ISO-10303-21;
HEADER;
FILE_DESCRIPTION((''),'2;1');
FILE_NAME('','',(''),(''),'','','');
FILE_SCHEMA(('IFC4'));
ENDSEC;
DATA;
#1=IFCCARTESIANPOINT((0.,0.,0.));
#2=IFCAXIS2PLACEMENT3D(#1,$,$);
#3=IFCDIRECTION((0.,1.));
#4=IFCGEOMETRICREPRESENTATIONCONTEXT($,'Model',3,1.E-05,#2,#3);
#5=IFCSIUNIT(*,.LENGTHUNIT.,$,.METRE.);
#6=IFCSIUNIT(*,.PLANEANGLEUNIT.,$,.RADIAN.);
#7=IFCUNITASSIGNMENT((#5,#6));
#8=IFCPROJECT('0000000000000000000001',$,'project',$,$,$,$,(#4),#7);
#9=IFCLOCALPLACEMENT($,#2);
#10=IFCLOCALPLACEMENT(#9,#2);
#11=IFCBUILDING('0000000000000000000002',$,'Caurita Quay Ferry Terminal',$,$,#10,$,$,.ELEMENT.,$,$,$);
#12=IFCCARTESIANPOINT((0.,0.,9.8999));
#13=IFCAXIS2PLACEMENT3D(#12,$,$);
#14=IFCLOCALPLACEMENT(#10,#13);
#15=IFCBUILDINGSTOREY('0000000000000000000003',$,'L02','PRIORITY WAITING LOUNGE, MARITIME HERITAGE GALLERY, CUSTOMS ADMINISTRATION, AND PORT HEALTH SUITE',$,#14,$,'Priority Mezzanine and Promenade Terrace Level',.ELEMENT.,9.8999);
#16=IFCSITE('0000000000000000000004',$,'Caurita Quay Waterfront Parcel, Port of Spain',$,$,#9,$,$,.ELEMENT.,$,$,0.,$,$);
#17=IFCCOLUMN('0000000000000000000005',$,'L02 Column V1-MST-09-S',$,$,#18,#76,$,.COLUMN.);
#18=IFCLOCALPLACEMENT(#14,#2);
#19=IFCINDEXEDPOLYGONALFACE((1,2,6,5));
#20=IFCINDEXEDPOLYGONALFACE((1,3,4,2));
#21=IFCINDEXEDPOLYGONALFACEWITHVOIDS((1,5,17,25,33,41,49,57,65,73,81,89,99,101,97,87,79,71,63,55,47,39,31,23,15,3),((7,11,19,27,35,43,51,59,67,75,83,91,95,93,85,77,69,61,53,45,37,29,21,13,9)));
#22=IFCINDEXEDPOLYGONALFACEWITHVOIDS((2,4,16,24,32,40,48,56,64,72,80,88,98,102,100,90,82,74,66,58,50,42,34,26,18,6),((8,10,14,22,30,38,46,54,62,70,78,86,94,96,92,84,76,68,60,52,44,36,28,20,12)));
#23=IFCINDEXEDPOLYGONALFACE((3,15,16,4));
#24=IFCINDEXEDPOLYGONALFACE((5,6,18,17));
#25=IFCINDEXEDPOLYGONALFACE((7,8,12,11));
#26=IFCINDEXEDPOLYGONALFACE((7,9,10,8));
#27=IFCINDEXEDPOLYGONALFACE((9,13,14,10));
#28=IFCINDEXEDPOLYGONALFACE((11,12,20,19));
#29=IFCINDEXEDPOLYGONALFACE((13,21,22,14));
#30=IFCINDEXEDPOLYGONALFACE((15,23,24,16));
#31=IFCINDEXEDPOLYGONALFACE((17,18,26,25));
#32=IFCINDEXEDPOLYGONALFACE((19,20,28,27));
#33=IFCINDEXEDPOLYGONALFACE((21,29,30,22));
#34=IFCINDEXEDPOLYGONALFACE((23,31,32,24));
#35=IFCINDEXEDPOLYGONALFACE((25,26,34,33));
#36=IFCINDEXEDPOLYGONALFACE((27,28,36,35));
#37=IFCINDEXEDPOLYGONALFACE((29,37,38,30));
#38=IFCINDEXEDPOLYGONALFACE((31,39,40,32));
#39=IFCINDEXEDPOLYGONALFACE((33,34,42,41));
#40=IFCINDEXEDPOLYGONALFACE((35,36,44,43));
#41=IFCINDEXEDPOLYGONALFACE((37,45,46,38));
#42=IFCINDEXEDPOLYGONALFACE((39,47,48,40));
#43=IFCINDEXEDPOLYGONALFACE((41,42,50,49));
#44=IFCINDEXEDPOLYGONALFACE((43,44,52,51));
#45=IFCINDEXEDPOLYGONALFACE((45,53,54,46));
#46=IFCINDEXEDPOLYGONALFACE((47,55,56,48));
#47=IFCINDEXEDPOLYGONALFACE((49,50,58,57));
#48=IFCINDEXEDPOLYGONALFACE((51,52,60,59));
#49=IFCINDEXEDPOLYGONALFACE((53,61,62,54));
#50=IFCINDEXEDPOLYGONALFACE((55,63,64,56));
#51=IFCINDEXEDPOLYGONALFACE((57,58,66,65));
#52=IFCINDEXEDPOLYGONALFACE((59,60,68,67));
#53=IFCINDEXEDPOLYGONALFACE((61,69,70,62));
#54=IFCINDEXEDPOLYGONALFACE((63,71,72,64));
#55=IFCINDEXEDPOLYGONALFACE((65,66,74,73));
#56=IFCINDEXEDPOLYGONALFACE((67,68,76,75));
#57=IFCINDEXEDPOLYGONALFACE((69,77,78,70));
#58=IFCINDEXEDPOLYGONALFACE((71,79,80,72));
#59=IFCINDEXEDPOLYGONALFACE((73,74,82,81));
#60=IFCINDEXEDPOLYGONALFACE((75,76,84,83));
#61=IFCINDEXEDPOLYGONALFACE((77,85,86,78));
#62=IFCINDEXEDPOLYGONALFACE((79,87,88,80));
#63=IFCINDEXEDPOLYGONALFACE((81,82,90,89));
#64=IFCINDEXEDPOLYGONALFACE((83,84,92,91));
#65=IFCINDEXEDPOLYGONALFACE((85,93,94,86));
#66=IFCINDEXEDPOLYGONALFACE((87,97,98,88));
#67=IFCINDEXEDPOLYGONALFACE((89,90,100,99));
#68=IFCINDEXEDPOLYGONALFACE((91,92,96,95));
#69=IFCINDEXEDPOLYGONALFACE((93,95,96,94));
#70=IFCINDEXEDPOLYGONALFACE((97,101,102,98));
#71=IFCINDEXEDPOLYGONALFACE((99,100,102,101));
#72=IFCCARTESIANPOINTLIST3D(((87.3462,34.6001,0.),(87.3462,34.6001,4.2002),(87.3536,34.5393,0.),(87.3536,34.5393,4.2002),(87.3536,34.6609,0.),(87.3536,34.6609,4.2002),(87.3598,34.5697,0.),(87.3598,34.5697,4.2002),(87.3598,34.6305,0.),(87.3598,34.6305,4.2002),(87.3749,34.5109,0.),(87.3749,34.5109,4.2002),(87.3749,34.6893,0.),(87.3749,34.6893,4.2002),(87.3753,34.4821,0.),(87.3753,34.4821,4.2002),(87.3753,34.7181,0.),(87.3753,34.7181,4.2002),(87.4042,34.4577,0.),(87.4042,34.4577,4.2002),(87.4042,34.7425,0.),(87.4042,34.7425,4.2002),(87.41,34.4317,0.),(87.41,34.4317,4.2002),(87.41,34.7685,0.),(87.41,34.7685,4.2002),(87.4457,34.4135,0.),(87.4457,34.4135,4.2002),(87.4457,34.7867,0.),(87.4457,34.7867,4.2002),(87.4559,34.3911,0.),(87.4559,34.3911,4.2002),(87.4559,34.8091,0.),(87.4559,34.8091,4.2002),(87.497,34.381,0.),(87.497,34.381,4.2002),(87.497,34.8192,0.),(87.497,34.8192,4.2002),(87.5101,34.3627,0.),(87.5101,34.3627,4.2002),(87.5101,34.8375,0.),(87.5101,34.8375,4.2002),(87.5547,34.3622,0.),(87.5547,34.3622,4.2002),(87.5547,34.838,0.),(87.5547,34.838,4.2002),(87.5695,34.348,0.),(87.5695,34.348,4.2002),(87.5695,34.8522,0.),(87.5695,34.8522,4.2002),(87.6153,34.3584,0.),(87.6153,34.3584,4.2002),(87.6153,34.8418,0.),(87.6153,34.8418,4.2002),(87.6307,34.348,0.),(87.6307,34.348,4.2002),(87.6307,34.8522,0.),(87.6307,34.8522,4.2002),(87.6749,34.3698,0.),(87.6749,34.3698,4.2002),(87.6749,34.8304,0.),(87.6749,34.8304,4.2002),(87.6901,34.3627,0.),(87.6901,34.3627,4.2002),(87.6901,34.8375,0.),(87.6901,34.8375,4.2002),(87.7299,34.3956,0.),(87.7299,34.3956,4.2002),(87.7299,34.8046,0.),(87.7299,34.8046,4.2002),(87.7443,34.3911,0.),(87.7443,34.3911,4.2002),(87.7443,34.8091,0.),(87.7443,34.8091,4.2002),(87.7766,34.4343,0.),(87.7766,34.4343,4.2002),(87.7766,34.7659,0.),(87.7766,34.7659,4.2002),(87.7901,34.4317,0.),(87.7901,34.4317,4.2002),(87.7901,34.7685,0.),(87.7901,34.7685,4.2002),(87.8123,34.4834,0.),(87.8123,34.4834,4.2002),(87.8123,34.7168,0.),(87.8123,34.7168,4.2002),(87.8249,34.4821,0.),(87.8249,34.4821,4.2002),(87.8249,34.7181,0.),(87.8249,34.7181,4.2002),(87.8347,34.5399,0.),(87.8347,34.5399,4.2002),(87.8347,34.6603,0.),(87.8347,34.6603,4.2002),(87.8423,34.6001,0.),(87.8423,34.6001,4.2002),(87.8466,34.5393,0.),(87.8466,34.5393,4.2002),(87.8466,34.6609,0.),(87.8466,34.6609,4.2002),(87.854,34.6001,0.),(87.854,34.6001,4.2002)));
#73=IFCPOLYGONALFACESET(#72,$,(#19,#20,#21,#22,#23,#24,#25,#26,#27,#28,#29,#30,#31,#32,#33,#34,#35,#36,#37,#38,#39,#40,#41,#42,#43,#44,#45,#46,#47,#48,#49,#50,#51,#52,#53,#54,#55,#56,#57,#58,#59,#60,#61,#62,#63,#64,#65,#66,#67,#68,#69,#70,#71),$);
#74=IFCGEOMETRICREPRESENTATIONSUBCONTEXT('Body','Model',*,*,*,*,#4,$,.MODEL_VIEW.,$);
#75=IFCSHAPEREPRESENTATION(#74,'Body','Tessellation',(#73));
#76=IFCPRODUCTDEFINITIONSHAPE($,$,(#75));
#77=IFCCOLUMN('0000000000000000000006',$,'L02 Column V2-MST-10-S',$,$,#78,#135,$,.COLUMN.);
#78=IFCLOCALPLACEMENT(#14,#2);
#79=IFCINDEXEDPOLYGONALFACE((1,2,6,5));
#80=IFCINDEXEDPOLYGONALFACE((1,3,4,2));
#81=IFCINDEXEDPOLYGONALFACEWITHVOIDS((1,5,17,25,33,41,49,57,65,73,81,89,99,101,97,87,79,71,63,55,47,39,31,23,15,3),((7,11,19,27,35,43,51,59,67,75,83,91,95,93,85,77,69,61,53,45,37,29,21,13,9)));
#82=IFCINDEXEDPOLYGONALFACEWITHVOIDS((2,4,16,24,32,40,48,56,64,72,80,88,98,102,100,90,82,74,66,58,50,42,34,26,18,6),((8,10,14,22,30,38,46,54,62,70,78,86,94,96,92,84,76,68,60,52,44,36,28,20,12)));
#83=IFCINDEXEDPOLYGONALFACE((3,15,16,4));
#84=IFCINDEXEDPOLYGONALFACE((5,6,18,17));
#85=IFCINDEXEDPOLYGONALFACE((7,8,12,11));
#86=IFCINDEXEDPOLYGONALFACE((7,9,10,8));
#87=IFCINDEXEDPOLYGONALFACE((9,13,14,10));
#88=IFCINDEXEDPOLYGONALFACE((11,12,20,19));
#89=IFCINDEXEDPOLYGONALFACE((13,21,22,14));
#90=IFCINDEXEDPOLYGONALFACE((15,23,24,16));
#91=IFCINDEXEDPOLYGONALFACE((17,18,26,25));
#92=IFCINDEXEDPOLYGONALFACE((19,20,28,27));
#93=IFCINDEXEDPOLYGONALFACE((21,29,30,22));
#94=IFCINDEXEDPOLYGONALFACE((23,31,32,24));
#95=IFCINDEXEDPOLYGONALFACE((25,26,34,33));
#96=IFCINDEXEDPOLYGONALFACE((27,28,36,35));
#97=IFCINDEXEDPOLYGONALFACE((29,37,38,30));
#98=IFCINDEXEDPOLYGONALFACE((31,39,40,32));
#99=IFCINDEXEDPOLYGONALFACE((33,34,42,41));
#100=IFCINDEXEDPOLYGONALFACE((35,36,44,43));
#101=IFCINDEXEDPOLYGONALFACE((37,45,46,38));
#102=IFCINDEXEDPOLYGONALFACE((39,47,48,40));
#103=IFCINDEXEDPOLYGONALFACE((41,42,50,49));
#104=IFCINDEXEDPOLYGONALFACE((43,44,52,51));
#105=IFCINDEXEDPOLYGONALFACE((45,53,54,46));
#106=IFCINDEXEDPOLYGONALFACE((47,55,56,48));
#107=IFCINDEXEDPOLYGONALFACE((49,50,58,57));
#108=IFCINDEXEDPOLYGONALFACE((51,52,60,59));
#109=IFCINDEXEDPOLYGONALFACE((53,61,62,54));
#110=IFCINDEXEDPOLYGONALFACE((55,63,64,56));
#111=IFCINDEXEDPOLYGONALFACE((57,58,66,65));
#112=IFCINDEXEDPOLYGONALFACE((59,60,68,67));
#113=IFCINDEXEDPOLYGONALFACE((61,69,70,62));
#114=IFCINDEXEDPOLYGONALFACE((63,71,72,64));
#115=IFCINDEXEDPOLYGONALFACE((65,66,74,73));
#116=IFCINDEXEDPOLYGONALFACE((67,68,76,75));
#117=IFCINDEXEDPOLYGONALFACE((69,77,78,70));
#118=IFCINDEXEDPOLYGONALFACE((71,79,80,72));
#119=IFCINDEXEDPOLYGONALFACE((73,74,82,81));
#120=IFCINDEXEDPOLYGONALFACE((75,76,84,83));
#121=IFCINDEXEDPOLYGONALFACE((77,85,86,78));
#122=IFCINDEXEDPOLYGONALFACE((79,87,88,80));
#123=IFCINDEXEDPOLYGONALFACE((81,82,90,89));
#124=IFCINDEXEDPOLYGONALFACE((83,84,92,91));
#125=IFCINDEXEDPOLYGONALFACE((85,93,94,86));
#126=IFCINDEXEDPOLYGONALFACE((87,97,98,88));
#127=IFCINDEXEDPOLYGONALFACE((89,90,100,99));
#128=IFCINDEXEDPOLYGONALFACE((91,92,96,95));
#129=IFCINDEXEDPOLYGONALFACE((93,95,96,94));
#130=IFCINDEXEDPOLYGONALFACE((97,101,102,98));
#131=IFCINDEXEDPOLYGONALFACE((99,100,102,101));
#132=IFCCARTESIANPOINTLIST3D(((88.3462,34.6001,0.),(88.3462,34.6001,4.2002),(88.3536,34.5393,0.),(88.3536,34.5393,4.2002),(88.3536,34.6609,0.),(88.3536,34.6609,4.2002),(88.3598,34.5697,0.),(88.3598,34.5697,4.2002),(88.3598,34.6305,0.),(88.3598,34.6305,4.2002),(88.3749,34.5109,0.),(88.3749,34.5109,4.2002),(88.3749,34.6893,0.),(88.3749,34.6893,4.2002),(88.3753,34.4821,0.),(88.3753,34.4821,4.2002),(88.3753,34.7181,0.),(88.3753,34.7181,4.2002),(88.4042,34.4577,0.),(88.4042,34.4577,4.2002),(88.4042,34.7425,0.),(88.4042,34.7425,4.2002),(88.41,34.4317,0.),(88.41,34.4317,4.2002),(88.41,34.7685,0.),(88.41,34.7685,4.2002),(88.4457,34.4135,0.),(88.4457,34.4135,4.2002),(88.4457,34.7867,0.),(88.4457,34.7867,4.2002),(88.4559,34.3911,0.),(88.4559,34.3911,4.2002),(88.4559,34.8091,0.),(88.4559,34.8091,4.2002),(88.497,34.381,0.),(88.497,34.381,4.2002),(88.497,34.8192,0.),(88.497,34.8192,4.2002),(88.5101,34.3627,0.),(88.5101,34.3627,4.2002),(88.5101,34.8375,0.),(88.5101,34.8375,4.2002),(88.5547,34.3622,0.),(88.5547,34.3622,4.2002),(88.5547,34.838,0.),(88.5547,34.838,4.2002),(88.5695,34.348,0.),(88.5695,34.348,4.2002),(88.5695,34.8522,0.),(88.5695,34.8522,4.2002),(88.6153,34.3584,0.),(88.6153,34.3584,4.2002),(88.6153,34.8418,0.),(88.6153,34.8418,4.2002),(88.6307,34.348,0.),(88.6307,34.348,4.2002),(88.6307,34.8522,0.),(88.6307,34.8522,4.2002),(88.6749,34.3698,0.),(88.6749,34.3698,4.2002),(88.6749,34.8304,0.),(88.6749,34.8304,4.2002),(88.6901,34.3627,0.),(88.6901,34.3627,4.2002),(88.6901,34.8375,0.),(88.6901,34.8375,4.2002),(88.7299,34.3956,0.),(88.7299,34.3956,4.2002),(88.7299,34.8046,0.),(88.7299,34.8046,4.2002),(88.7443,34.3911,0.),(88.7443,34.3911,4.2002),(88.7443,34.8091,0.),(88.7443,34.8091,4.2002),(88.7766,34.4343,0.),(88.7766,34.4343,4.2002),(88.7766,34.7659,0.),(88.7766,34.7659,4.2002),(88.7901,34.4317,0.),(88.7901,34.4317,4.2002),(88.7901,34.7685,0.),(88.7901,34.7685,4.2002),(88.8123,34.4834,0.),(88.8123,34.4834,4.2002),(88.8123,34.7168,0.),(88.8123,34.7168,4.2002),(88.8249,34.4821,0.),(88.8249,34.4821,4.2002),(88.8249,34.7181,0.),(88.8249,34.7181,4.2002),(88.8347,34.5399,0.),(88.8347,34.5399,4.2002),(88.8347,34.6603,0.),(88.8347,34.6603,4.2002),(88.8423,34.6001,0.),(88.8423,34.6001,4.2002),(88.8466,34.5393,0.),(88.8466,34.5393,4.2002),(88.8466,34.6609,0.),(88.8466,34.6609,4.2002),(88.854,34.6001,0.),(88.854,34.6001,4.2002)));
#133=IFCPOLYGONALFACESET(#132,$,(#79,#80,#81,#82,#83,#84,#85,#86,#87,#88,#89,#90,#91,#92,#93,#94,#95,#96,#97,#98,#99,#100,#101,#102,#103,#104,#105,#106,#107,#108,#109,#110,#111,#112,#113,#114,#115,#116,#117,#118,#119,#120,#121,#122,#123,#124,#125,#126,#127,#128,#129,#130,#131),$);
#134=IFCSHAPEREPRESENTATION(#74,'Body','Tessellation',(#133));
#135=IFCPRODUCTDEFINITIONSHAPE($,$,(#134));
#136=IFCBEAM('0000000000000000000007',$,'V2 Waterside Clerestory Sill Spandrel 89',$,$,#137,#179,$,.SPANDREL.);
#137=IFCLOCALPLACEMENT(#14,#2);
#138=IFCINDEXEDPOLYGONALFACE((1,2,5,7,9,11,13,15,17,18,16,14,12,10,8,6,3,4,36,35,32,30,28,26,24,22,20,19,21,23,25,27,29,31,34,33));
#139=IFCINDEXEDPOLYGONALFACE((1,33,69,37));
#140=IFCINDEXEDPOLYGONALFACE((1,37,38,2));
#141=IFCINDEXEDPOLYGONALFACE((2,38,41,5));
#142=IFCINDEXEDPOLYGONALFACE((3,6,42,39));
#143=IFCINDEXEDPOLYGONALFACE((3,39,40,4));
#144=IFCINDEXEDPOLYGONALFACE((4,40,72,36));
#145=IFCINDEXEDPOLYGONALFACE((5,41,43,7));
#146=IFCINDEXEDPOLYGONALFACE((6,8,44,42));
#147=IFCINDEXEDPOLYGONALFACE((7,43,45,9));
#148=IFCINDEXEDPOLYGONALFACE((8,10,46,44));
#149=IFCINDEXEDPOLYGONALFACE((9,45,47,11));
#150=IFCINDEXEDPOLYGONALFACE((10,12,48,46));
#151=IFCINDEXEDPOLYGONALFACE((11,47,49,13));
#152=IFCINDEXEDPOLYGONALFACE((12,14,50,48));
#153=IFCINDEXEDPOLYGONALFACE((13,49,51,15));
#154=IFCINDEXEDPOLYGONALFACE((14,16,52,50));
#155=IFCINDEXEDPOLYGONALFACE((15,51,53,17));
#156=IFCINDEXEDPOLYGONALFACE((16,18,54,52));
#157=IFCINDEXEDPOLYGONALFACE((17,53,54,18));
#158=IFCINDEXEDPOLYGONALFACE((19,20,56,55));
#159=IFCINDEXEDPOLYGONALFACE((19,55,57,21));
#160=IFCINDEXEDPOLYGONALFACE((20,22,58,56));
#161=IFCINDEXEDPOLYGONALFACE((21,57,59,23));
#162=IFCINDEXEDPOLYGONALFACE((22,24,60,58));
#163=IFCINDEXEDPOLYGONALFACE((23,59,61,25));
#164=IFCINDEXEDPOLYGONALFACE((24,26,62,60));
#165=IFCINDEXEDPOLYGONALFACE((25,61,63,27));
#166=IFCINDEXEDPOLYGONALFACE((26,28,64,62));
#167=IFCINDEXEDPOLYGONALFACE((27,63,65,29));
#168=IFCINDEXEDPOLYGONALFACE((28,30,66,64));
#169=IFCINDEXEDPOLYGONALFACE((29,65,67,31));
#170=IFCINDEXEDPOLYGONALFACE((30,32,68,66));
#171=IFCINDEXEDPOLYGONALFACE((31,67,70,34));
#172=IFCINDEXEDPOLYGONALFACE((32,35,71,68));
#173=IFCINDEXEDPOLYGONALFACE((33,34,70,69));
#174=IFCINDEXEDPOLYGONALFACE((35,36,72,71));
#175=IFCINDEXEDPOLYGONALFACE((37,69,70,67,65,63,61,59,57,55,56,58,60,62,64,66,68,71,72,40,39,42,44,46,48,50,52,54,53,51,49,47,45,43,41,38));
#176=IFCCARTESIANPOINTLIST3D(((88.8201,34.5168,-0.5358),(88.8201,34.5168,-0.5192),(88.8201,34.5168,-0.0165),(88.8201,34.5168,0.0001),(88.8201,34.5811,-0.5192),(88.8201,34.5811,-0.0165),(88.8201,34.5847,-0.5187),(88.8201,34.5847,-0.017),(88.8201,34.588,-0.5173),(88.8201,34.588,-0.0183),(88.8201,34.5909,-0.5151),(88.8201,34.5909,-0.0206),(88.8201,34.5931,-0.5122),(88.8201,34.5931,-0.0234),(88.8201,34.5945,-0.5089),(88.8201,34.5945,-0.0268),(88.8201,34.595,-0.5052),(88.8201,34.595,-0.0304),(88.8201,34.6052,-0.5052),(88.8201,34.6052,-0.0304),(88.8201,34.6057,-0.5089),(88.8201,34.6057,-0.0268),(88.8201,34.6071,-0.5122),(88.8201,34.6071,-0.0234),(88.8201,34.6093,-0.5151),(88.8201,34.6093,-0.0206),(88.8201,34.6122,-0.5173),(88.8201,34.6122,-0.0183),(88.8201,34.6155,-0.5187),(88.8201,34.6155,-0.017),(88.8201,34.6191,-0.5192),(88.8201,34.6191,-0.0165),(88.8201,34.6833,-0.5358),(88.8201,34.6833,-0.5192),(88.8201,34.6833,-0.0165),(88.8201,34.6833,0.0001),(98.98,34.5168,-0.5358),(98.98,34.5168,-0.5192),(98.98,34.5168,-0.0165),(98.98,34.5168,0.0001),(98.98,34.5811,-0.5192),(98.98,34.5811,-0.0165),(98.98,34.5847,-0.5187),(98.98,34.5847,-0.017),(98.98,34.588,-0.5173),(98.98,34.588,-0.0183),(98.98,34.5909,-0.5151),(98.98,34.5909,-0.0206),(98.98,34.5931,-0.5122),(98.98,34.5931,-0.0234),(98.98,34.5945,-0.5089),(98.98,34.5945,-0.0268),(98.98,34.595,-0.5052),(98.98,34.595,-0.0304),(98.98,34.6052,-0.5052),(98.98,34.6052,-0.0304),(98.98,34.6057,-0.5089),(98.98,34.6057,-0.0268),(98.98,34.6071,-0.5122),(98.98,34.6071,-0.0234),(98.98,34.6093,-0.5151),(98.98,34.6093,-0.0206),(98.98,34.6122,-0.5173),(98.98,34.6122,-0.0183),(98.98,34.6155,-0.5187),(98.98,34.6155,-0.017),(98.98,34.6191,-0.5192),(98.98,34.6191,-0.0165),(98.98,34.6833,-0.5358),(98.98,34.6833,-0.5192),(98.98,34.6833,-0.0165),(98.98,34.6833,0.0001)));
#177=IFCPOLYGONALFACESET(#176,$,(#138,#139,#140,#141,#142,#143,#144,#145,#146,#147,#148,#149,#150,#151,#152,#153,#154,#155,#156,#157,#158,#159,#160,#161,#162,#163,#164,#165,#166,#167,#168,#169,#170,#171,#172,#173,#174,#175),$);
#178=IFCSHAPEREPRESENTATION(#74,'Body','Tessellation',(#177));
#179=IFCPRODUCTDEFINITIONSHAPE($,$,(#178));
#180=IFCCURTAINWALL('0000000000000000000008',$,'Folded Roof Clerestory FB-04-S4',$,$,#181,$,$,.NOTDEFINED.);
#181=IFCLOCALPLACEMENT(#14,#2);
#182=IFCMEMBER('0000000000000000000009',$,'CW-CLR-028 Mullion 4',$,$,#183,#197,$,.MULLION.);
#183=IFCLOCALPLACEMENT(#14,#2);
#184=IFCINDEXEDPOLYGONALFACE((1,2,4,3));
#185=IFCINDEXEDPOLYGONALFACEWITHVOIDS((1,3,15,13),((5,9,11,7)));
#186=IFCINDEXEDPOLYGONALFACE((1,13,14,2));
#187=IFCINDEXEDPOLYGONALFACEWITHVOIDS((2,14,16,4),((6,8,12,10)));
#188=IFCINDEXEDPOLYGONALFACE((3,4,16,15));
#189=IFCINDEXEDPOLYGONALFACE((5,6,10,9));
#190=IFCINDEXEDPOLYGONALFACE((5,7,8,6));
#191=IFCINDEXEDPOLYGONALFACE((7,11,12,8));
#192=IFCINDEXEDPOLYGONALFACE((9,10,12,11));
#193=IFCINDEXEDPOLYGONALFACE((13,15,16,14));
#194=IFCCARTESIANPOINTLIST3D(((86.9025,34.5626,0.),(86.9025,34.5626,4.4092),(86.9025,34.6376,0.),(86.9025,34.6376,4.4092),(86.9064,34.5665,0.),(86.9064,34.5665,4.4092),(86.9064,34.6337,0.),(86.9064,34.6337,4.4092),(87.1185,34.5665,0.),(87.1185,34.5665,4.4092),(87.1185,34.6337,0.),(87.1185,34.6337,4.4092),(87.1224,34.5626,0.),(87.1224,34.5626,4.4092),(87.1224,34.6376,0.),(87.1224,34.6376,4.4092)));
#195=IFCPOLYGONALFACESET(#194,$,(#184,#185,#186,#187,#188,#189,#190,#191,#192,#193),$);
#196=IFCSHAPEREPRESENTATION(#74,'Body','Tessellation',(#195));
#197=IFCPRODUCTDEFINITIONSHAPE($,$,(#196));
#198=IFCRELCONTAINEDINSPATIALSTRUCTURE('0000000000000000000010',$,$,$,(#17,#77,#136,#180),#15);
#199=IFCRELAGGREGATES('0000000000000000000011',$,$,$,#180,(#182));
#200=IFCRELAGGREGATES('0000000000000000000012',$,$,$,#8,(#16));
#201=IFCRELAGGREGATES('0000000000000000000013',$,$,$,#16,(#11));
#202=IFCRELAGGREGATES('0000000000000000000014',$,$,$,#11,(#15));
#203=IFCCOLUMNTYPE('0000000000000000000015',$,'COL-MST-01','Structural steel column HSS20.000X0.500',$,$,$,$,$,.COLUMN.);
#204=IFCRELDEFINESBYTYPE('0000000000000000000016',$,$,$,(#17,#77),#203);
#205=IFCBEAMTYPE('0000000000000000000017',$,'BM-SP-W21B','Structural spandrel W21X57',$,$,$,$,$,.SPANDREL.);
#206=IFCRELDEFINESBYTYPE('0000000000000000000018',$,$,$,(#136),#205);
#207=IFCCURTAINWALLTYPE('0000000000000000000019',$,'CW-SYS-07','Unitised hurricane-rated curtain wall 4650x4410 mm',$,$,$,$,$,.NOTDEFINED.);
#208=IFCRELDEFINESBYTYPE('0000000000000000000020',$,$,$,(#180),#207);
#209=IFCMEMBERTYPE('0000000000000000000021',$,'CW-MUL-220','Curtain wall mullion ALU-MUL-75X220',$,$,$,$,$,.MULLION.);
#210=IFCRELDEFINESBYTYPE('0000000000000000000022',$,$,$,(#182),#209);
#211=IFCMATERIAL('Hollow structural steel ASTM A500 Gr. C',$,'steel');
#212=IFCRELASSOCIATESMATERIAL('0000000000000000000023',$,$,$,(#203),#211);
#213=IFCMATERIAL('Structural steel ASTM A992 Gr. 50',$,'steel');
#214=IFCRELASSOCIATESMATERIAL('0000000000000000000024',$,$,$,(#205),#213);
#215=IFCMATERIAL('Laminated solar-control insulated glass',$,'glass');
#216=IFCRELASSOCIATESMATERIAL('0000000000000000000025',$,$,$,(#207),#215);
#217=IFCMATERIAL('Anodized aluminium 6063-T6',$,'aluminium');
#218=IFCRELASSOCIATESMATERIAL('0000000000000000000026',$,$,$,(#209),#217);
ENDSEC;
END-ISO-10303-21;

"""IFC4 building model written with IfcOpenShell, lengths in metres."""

from ifc_helpers import new_model, si_unit, direction, frame, origin, origin_2d, place, context, subcontext, project, spatial, hollow_rectangle, hollow_circle, i_section, extrude, material, material_profile, profile_set, type_object, element, aggregate, save


model = new_model("IFC4")

# Units and contexts
model_context = context("Model", 3, precision=1e-05, world=origin(), true_north=direction((0.0, 1.0)))
body_context = subcontext(model_context, "Body", "Model", "MODEL_VIEW")
ifc_project = project(units=[si_unit("LENGTHUNIT", "METRE"), si_unit("PLANEANGLEUNIT", "RADIAN")], contexts=[model_context])

# Site, building, storey
site_placement = place(None, origin())
site = spatial("IfcSite", under=ifc_project, at=site_placement, Name="Caurita Quay Waterfront Parcel, Port of Spain", CompositionType="ELEMENT", RefElevation=0.0)
building_placement = place(site_placement, origin())
building = spatial("IfcBuilding", under=site, at=building_placement, Name="Caurita Quay Ferry Terminal", CompositionType="ELEMENT")
storey_placement = place(building_placement, frame((0.0, 0.0, 9.8999)))
storey = spatial("IfcBuildingStorey", under=building, at=storey_placement, Name="L02", Description="PRIORITY WAITING LOUNGE, MARITIME HERITAGE GALLERY, CUSTOMS ADMINISTRATION, AND PORT HEALTH SUITE", LongName="Priority Mezzanine and Promenade Terrace Level", CompositionType="ELEMENT", Elevation=9.8999)

# Columns
ifc_material_1 = material(Name="Hollow structural steel ASTM A500 Gr. C", Category="steel")
ifc_material_profile_1 = material_profile(ifc_material_1, hollow_circle(Radius=0.2539, WallThickness=0.0117, at=origin_2d()), Name="HSS20.000X0.500")
ifc_profile_set_1 = profile_set([ifc_material_profile_1], Name="Hollow structural steel ASTM A500 Gr. C")
column_type = type_object("IfcColumnType", Name="COL-MST-01", Description="Structural steel column HSS20.000X0.500", PredefinedType="COLUMN", material=ifc_profile_set_1)
for number, where, z_axis, x_axis, name in (
    (1, (87.6001, 34.6001, 0.0), (0.0, 0.0, 1.0), (1.0, 0.0, 0.0), "L02 Column V1-MST-09-S"),
    (2, (88.6001, 34.6001, 0.0), (0.0, 0.0, 1.0), (1.0, 0.0, 0.0), "L02 Column V2-MST-10-S"),
):
    element("IfcColumn", number, at=place(storey_placement, frame(where, z_axis=z_axis, x_axis=x_axis)), inside=storey, type_object=column_type, Name=name, PredefinedType="COLUMN", context=body_context, shape_type="SweptSolid", body=[
        extrude(hollow_circle(Radius=0.2539, WallThickness=0.0117, at=origin_2d()), origin(), (0.0, 0.0, 1.0), 4.2002),
    ])

# Beam
ifc_material_2 = material(Name="Structural steel ASTM A992 Gr. 50", Category="steel")
ifc_material_profile_2 = material_profile(ifc_material_2, i_section(OverallWidth=0.1665, OverallDepth=0.5359, WebThickness=0.0103, FlangeThickness=0.0166, FilletRadius=0.0139, at=origin_2d()), Name="W21X57")
ifc_profile_set_2 = profile_set([ifc_material_profile_2], Name="Structural steel ASTM A992 Gr. 50")
beam_type = type_object("IfcBeamType", Name="BM-SP-W21B", Description="Structural spandrel W21X57", PredefinedType="SPANDREL", material=ifc_profile_set_2)
beam_placement = place(storey_placement, frame((88.8201, 34.6001, -0.2678), z_axis=(1.0, 0.0, 0.0), x_axis=(0.0, 1.0, 0.0)))
element("IfcBeam", 3, at=beam_placement, inside=storey, type_object=beam_type, Name="V2 Waterside Clerestory Sill Spandrel 89", PredefinedType="SPANDREL", context=body_context, shape_type="SweptSolid", body=[
    extrude(i_section(OverallWidth=0.1665, OverallDepth=0.5359, WebThickness=0.0103, FlangeThickness=0.0166, FilletRadius=0.0139, at=origin_2d()), origin(), (0.0, 0.0, 1.0), 10.1599),
])

# Curtain wall, member
ifc_material_3 = material(Name="Laminated solar-control insulated glass", Category="glass")
curtain_wall_type = type_object("IfcCurtainWallType", Name="CW-SYS-07", Description="Unitised hurricane-rated curtain wall 4650x4410 mm", PredefinedType="NOTDEFINED", material=ifc_material_3)
curtain_wall_1_placement = place(storey_placement, origin())
curtain_wall_1 = element("IfcCurtainWall", 4, at=curtain_wall_1_placement, inside=storey, type_object=curtain_wall_type, Name="Folded Roof Clerestory FB-04-S4", PredefinedType="NOTDEFINED")
ifc_material_4 = material(Name="Anodized aluminium 6063-T6", Category="aluminium")
ifc_material_profile_3 = material_profile(ifc_material_4, hollow_rectangle(XDim=0.075, YDim=0.22, WallThickness=0.0039, at=origin_2d()), Name="ALU-MUL-75X220")
ifc_profile_set_3 = profile_set([ifc_material_profile_3], Name="Anodized aluminium 6063-T6")
member_type_1 = type_object("IfcMemberType", Name="CW-MUL-220", Description="Curtain wall mullion ALU-MUL-75X220", PredefinedType="MULLION", material=ifc_profile_set_3)
member_1_placement = place(storey_placement, frame((87.0125, 34.6001, 0.0), z_axis=(0.0, 0.0, 1.0), x_axis=(0.0, 1.0, 0.0)))
member_1 = element("IfcMember", 5, at=member_1_placement, type_object=member_type_1, Name="CW-CLR-028 Mullion 4", PredefinedType="MULLION", context=body_context, shape_type="SweptSolid", body=[
    extrude(hollow_rectangle(XDim=0.075, YDim=0.22, WallThickness=0.0039, at=origin_2d()), origin(), (0.0, 0.0, 1.0), 4.4092),
])

aggregate(curtain_wall_1, [member_1])

save(model, "model.ifc")
